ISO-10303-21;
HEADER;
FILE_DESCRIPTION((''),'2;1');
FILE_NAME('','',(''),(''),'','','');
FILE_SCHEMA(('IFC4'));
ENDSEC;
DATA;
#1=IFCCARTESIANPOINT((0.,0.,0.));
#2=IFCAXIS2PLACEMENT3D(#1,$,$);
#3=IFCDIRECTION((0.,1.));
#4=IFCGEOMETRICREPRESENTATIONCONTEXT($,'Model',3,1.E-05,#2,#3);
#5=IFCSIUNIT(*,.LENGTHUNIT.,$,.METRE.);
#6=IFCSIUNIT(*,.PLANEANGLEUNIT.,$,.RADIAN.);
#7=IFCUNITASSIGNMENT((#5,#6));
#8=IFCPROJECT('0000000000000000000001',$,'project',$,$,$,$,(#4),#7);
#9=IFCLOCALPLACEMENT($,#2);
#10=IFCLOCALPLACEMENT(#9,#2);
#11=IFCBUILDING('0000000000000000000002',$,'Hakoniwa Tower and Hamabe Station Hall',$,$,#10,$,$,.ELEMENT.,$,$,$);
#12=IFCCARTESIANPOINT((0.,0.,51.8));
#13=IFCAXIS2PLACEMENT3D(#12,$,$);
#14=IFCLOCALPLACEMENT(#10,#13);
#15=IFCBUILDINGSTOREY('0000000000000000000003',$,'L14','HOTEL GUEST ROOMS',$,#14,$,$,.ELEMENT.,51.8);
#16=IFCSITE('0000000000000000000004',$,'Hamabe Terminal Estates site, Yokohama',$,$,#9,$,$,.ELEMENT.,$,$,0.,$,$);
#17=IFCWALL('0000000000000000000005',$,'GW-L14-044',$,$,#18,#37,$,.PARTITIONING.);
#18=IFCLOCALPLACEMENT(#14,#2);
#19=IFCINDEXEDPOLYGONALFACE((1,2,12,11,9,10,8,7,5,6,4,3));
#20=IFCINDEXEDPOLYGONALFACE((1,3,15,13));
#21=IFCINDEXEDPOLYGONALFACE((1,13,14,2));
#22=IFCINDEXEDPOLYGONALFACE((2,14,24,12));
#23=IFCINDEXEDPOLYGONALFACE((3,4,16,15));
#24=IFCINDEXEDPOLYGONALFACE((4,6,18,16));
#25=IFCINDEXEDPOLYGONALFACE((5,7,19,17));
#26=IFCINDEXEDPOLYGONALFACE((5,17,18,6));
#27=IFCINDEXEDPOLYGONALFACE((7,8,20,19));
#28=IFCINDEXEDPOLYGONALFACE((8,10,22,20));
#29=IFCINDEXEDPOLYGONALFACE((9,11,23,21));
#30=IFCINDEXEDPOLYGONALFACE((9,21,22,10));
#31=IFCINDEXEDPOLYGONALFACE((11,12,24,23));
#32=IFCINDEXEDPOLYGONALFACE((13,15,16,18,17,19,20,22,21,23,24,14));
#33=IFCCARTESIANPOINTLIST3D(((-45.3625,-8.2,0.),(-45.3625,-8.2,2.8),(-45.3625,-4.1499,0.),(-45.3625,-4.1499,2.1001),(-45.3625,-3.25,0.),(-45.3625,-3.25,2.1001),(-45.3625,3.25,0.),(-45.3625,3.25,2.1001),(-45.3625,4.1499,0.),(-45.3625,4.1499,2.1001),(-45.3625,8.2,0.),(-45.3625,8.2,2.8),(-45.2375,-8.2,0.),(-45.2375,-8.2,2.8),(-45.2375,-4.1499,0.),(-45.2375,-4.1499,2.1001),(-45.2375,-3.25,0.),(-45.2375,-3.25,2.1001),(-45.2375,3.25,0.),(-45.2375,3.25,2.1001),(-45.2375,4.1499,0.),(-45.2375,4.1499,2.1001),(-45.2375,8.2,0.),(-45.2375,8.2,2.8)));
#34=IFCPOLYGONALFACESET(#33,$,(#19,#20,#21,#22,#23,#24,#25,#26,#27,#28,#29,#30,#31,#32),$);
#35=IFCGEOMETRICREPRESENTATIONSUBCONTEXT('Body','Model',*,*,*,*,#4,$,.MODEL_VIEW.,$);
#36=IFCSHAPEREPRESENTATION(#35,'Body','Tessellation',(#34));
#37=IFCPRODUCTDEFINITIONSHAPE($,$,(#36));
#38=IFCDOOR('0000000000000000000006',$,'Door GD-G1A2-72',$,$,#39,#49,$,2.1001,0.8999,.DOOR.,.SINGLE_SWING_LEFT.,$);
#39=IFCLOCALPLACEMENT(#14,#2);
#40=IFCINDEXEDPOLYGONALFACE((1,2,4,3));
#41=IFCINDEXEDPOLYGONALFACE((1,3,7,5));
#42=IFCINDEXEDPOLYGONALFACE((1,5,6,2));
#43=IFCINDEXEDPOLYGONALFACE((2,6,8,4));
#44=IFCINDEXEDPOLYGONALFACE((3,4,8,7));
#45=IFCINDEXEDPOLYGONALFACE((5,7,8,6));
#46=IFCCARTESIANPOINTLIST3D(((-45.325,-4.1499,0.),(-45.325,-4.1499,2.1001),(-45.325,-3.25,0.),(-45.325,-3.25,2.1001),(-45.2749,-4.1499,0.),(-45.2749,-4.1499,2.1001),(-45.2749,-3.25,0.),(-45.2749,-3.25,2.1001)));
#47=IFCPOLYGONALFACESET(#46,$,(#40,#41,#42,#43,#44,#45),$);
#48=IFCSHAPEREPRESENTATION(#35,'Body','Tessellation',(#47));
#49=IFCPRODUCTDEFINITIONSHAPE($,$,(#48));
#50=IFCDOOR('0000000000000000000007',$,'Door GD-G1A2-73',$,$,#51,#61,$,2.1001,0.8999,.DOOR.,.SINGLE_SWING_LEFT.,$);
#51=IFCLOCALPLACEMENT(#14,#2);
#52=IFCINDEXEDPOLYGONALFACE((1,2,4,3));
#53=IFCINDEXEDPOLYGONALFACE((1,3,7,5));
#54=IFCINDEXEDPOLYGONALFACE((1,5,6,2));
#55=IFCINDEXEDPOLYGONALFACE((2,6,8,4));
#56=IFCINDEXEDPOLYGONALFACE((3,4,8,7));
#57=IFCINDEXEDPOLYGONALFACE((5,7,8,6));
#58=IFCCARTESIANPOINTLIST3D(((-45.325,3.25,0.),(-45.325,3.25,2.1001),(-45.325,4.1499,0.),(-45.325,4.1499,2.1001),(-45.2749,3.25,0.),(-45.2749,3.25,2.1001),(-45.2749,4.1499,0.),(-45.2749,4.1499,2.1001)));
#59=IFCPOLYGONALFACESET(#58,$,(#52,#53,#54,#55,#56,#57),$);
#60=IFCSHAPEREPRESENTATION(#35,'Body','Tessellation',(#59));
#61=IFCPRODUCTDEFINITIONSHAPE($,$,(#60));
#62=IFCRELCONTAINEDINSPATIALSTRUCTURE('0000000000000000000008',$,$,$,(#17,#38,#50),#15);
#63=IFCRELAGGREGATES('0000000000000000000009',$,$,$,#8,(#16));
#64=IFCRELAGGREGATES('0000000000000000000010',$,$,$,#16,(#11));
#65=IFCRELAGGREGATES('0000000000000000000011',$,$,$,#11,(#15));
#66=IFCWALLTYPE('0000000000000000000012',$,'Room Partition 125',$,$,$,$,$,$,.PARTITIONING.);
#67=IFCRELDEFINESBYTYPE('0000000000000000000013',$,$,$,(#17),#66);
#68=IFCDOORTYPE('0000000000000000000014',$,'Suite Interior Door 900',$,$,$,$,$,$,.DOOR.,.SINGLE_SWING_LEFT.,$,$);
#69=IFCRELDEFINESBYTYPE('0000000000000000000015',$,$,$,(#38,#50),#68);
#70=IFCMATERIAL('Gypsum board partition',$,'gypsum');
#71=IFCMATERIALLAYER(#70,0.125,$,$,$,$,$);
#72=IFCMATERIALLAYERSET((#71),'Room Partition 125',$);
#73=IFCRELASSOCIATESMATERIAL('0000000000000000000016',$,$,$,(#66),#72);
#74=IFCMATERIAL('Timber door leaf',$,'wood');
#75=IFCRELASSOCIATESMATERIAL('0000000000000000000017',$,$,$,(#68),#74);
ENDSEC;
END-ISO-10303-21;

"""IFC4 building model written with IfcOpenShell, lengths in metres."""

from ifc_helpers import new_model, si_unit, direction, frame, frame_2d, origin, place, context, subcontext, project, spatial, rectangle, extrude, material, layer, layer_set, type_object, element, fill, save


model = new_model("IFC4")

# Units and contexts
model_context = context("Model", 3, precision=1e-05, world=origin(), true_north=direction((0.0, 1.0)))
body_context = subcontext(model_context, "Body", "Model", "MODEL_VIEW")
ifc_project = project(units=[si_unit("LENGTHUNIT", "METRE"), si_unit("PLANEANGLEUNIT", "RADIAN")], contexts=[model_context])

# Site, building, storey
site_placement = place(None, origin())
site = spatial("IfcSite", under=ifc_project, at=site_placement, Name="Hamabe Terminal Estates site, Yokohama", CompositionType="ELEMENT", RefElevation=0.0)
building_placement = place(site_placement, origin())
building = spatial("IfcBuilding", under=site, at=building_placement, Name="Hakoniwa Tower and Hamabe Station Hall", CompositionType="ELEMENT")
storey_placement = place(building_placement, frame((0.0, 0.0, 51.8)))
storey = spatial("IfcBuildingStorey", under=building, at=storey_placement, Name="L14", Description="HOTEL GUEST ROOMS", CompositionType="ELEMENT", Elevation=51.8)

# Wall, openings, doors
ifc_material_1 = material(Name="Gypsum board partition", Category="gypsum")
ifc_layer_1 = layer(ifc_material_1, 0.125)
ifc_layer_set_1 = layer_set([ifc_layer_1], Name="Room Partition 125")
wall_type_1 = type_object("IfcWallType", Name="Room Partition 125", PredefinedType="PARTITIONING", material=ifc_layer_set_1)
wall_1_placement = place(storey_placement, frame((-45.3, -8.2, 0.0), z_axis=(0.0, 0.0, 1.0), x_axis=(0.0, 1.0, 0.0)))
wall_1 = element("IfcWall", 1, at=wall_1_placement, inside=storey, type_object=wall_type_1, Name="GW-L14-044", PredefinedType="PARTITIONING", context=body_context, shape_type="SweptSolid", body=[
    extrude(rectangle(XDim=16.3999, YDim=0.125, at=frame_2d((8.2, 0.0))), origin(), (0.0, 0.0, 1.0), 2.8),
])
opening_1_placement = place(wall_1_placement, frame((4.05, 0.0, 0.0)))
opening_1 = element("IfcOpeningElement", 2, at=opening_1_placement, cuts=wall_1, PredefinedType="OPENING", context=body_context, shape_type="SweptSolid", body=[
    extrude(rectangle(XDim=0.8999, YDim=2.1001, at=frame_2d((0.45, 1.05))), frame((0.0, 0.0725, 0.0), z_axis=(0.0, -1.0, 0.0), x_axis=(1.0, 0.0, 0.0)), (0.0, 0.0, 1.0), 0.145),
])
opening_2_placement = place(wall_1_placement, frame((11.45, 0.0, 0.0)))
opening_2 = element("IfcOpeningElement", 3, at=opening_2_placement, cuts=wall_1, PredefinedType="OPENING", context=body_context, shape_type="SweptSolid", body=[
    extrude(rectangle(XDim=0.8999, YDim=2.1001, at=frame_2d((0.45, 1.05))), frame((0.0, 0.0725, 0.0), z_axis=(0.0, -1.0, 0.0), x_axis=(1.0, 0.0, 0.0)), (0.0, 0.0, 1.0), 0.145),
])
ifc_material_2 = material(Name="Timber door leaf", Category="wood")
door_type_1 = type_object("IfcDoorType", Name="Suite Interior Door 900", OperationType="SINGLE_SWING_LEFT", PredefinedType="DOOR", material=ifc_material_2)
door_1_placement = place(opening_1_placement, origin())
door_1 = element("IfcDoor", 4, at=door_1_placement, inside=storey, type_object=door_type_1, Name="Door GD-G1A2-72", OperationType="SINGLE_SWING_LEFT", OverallHeight=2.1001, OverallWidth=0.8999, PredefinedType="DOOR", context=body_context, shape_type="SweptSolid", body=[
    extrude(rectangle(XDim=0.8999, YDim=2.1001, at=frame_2d((0.45, 1.05))), frame((0.0, 0.0249, 0.0), z_axis=(0.0, -1.0, 0.0), x_axis=(1.0, 0.0, 0.0)), (0.0, 0.0, 1.0), 0.05),
])
fill(opening_1, door_1)
door_2_placement = place(opening_2_placement, origin())
door_2 = element("IfcDoor", 5, at=door_2_placement, inside=storey, type_object=door_type_1, Name="Door GD-G1A2-73", OperationType="SINGLE_SWING_LEFT", OverallHeight=2.1001, OverallWidth=0.8999, PredefinedType="DOOR", context=body_context, shape_type="SweptSolid", body=[
    extrude(rectangle(XDim=0.8999, YDim=2.1001, at=frame_2d((0.45, 1.05))), frame((0.0, 0.0249, 0.0), z_axis=(0.0, -1.0, 0.0), x_axis=(1.0, 0.0, 0.0)), (0.0, 0.0, 1.0), 0.05),
])
fill(opening_2, door_2)

save(model, "model.ifc")
